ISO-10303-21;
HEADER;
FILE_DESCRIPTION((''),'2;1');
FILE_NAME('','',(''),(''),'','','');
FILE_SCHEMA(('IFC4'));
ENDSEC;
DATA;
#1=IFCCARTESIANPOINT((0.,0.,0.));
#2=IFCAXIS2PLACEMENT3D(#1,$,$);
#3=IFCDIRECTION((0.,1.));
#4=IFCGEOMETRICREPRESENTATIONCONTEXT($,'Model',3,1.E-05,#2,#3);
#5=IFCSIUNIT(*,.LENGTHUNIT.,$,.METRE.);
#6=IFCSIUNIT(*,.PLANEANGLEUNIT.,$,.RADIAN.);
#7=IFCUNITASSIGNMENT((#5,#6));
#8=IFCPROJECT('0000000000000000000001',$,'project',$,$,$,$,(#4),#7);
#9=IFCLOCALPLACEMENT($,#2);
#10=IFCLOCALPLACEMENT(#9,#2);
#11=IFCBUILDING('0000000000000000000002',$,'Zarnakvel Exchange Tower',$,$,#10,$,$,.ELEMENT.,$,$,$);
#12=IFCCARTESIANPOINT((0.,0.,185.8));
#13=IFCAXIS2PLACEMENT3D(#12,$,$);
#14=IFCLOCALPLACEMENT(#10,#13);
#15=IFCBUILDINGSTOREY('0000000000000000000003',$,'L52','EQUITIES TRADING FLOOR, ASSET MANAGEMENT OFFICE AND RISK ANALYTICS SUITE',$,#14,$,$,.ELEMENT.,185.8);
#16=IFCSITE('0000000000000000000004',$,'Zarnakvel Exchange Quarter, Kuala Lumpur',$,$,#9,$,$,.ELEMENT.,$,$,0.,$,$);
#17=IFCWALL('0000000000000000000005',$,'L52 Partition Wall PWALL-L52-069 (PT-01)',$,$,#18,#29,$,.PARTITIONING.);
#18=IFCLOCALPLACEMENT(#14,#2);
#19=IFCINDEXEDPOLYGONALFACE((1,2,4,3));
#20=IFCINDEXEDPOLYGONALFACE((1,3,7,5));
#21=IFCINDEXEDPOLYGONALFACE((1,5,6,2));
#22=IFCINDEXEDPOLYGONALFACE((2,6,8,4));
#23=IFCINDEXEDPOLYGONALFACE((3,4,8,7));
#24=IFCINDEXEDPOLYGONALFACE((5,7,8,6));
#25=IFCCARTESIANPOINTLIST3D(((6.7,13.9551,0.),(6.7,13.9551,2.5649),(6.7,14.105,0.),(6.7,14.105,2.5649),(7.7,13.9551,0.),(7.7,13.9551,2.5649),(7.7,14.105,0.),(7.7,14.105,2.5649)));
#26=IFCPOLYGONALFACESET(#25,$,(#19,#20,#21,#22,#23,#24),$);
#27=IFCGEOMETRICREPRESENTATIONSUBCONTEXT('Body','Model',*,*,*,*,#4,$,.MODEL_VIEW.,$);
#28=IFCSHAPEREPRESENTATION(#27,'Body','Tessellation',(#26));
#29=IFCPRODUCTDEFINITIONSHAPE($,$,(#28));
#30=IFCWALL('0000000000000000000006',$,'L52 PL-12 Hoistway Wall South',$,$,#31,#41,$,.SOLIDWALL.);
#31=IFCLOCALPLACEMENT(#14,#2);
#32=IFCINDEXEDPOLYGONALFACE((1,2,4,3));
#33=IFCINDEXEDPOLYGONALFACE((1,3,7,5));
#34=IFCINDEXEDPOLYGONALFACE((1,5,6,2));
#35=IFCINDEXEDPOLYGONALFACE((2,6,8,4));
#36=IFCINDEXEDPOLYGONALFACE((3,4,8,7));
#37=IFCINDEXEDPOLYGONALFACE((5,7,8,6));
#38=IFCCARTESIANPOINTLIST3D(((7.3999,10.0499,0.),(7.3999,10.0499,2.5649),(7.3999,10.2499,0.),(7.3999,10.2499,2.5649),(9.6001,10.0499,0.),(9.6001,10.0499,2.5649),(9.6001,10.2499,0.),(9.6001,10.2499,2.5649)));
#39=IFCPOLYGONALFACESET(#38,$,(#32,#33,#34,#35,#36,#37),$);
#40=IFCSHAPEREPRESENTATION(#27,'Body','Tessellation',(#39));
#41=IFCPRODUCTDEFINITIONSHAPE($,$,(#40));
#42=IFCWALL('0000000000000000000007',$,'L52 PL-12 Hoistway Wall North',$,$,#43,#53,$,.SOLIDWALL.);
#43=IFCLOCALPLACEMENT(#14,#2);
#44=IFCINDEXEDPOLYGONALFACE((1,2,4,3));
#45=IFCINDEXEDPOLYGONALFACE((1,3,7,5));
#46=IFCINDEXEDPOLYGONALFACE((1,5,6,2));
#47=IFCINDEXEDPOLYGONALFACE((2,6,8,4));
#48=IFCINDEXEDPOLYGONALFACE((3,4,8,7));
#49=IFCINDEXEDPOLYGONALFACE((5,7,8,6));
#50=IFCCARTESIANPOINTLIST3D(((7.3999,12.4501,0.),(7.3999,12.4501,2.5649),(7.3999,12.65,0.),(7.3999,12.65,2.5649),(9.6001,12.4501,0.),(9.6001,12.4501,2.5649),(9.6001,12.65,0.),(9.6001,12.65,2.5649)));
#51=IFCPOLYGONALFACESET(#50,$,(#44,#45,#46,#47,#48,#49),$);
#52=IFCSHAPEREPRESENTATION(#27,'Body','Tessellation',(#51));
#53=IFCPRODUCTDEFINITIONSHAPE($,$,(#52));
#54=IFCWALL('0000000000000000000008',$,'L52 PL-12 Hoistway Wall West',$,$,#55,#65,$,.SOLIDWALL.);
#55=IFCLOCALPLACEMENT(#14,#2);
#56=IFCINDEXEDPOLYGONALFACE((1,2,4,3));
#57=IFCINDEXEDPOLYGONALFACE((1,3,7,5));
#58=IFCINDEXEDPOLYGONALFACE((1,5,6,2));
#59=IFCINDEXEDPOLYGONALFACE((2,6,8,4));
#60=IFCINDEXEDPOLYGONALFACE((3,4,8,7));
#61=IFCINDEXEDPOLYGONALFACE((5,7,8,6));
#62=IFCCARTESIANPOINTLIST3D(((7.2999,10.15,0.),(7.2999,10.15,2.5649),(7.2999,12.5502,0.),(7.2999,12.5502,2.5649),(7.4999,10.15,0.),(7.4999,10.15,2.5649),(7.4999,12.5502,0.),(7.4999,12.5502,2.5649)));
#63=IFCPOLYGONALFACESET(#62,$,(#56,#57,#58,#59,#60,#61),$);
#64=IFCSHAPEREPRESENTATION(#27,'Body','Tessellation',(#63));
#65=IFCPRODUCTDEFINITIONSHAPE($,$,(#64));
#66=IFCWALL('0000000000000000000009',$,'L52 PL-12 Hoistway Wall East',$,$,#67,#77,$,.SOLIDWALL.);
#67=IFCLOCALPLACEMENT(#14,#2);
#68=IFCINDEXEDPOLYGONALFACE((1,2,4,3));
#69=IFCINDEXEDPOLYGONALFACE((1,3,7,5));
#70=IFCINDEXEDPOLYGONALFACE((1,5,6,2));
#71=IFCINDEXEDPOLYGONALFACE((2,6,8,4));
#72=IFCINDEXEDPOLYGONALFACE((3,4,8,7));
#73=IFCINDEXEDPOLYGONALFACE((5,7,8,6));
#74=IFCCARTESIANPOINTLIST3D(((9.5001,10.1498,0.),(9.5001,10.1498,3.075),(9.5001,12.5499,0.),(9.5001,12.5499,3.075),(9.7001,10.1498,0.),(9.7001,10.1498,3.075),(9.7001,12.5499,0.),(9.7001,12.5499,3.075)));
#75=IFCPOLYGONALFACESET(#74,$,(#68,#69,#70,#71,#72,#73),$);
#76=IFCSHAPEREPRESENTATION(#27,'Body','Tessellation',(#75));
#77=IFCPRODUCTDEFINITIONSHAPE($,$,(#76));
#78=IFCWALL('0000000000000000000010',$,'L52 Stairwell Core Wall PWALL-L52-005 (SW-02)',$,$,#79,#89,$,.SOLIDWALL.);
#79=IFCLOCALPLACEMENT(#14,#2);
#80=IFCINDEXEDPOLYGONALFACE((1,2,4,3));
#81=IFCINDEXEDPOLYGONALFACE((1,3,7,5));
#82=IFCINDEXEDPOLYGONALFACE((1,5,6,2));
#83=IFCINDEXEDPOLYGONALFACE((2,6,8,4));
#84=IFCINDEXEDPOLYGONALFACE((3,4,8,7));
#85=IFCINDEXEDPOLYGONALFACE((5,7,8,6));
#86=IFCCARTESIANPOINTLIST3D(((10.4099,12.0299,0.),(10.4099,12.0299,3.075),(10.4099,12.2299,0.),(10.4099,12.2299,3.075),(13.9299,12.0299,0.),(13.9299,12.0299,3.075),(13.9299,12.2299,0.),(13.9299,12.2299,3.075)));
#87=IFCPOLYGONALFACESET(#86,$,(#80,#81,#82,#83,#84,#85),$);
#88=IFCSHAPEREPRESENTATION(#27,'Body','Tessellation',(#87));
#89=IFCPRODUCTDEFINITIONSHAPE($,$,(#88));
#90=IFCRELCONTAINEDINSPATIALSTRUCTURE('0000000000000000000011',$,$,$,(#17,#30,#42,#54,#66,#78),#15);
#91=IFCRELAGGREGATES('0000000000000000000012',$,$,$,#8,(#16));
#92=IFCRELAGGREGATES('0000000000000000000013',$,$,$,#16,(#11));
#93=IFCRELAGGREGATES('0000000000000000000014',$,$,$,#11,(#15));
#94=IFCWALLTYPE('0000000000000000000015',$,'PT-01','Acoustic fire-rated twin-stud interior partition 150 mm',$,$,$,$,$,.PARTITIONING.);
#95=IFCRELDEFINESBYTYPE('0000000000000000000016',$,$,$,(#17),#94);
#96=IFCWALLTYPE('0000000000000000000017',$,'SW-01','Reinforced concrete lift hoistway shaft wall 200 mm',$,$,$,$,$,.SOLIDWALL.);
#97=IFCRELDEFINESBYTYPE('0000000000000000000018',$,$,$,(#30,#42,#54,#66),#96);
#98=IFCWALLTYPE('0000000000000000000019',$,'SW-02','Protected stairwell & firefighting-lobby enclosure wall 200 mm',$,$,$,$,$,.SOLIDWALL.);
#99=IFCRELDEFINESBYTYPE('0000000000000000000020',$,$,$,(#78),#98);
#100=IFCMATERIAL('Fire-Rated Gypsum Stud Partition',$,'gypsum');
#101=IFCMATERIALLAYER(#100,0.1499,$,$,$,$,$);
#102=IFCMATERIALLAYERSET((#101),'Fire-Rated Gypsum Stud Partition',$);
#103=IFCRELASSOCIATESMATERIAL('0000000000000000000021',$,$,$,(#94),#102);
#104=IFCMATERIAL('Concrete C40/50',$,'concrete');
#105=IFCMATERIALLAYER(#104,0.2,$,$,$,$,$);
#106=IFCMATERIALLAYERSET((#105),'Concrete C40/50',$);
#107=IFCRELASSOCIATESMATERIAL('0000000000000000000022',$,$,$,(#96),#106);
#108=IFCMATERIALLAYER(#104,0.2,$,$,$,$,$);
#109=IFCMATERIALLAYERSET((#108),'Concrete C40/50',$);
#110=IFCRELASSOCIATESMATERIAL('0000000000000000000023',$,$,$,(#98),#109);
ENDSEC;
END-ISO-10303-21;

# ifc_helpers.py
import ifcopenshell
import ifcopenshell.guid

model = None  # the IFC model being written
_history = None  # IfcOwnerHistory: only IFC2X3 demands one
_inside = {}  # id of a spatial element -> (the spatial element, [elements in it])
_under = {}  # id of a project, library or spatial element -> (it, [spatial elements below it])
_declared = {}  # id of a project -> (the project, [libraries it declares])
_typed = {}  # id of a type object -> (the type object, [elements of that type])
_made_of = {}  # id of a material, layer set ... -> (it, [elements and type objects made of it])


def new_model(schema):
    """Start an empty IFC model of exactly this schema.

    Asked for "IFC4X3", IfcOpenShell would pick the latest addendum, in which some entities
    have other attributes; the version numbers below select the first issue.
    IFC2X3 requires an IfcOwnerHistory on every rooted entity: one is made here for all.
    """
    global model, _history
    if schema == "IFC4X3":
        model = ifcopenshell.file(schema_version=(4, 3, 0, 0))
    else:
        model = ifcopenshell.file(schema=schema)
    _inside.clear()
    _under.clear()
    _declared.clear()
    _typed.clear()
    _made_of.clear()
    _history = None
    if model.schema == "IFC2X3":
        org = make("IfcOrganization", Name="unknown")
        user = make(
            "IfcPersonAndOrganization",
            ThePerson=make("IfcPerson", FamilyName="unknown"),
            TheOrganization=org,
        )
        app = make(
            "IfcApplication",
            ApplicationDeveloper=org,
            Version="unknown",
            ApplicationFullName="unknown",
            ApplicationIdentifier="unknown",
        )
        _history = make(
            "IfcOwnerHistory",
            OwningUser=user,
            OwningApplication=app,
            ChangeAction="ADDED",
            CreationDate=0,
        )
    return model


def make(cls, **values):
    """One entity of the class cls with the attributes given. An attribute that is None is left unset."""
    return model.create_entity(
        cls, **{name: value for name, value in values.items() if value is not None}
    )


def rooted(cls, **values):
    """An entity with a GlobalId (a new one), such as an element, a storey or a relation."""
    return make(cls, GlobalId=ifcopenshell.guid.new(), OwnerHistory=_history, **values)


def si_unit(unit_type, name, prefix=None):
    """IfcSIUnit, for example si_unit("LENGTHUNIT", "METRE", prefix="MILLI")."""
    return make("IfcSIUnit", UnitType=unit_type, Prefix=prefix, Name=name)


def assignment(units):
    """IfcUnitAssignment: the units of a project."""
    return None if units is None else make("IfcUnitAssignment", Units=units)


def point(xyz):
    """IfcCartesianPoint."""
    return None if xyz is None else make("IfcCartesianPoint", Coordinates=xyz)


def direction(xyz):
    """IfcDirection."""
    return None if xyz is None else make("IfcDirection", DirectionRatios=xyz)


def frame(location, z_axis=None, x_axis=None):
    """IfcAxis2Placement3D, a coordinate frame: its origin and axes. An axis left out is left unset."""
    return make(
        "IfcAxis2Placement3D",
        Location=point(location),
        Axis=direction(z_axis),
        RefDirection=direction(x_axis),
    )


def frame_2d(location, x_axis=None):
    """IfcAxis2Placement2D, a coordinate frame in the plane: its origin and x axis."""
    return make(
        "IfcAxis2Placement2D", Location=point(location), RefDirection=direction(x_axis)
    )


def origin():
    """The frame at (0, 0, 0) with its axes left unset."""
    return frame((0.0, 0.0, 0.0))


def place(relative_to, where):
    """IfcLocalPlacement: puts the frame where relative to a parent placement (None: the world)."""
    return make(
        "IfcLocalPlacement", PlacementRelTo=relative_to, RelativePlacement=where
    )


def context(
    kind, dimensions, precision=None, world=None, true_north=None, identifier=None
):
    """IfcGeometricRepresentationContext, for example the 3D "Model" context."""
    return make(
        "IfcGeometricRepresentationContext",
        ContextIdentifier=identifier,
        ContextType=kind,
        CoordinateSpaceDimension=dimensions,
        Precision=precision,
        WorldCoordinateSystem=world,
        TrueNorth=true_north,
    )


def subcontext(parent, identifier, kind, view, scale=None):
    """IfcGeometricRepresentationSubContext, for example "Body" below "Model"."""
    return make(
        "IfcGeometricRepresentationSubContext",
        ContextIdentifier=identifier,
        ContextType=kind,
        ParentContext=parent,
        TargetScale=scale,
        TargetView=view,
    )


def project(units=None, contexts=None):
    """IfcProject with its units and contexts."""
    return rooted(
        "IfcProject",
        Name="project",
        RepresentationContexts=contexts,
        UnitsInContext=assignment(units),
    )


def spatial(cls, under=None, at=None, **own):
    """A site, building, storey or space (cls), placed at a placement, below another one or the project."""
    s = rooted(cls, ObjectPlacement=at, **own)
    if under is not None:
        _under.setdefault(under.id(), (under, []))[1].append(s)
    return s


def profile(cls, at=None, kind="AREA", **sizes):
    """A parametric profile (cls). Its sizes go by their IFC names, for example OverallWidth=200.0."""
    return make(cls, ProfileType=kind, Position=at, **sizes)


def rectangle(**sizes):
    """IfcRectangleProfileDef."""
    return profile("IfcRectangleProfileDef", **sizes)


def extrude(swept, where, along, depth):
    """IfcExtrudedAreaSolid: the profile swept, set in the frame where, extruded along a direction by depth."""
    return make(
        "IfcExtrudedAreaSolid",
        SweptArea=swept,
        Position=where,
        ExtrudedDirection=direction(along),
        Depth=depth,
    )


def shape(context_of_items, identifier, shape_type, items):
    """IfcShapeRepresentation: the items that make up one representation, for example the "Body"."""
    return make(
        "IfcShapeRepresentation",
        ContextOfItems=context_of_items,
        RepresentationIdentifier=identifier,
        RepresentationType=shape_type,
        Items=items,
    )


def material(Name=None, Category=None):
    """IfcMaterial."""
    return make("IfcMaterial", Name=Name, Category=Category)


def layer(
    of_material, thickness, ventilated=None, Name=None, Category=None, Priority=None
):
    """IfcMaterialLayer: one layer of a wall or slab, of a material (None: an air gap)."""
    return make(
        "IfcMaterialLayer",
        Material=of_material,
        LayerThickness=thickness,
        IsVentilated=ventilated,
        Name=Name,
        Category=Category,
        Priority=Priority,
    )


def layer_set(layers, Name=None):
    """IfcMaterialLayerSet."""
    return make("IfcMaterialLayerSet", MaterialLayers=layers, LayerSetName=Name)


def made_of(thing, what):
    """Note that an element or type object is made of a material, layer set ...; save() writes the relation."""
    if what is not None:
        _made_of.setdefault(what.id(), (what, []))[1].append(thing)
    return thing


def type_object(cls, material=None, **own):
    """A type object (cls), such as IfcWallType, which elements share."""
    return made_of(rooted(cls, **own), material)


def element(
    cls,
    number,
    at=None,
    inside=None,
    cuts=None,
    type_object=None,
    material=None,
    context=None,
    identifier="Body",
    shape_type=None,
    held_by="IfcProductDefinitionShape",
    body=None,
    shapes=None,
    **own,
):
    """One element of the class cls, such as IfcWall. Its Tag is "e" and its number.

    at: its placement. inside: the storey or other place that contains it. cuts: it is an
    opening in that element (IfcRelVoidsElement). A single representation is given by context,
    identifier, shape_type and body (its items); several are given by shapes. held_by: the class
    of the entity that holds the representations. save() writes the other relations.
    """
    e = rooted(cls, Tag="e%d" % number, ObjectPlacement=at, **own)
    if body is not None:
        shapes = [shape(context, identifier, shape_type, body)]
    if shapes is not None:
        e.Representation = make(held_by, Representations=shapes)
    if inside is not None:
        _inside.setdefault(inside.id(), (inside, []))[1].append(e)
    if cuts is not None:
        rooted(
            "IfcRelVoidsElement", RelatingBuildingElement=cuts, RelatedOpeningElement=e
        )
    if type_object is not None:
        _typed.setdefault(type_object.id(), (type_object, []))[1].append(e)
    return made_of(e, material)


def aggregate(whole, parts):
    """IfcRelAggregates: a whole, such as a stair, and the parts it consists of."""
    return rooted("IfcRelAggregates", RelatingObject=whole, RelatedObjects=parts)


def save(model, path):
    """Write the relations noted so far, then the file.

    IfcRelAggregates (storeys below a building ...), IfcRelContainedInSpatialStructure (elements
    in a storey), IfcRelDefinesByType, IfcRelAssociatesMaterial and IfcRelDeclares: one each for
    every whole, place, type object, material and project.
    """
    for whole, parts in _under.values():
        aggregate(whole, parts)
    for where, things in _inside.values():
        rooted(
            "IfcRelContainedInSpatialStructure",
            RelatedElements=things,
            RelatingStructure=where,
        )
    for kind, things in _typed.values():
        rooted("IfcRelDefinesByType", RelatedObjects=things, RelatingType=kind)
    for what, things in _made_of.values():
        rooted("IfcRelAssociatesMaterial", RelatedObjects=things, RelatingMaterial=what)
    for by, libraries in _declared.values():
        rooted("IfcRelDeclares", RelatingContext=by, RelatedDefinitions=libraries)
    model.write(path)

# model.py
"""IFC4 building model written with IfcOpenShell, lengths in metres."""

from ifc_helpers import new_model, si_unit, direction, frame, frame_2d, origin, place, context, subcontext, project, spatial, rectangle, extrude, material, layer, layer_set, type_object, element, save


model = new_model("IFC4")

# Units and contexts
model_context = context("Model", 3, precision=1e-05, world=origin(), true_north=direction((0.0, 1.0)))
body_context = subcontext(model_context, "Body", "Model", "MODEL_VIEW")
ifc_project = project(units=[si_unit("LENGTHUNIT", "METRE"), si_unit("PLANEANGLEUNIT", "RADIAN")], contexts=[model_context])

# Site, building, storey
site_placement = place(None, origin())
site = spatial("IfcSite", under=ifc_project, at=site_placement, Name="Zarnakvel Exchange Quarter, Kuala Lumpur", CompositionType="ELEMENT", RefElevation=0.0)
building_placement = place(site_placement, origin())
building = spatial("IfcBuilding", under=site, at=building_placement, Name="Zarnakvel Exchange Tower", CompositionType="ELEMENT")
storey_placement = place(building_placement, frame((0.0, 0.0, 185.8)))
storey = spatial("IfcBuildingStorey", under=building, at=storey_placement, Name="L52", Description="EQUITIES TRADING FLOOR, ASSET MANAGEMENT OFFICE AND RISK ANALYTICS SUITE", CompositionType="ELEMENT", Elevation=185.8)

# Shared definitions
ifc_material_1 = material(Name="Fire-Rated Gypsum Stud Partition", Category="gypsum")
ifc_layer_1 = layer(ifc_material_1, 0.1499)
ifc_layer_set_1 = layer_set([ifc_layer_1], Name="Fire-Rated Gypsum Stud Partition")
wall_type_1 = type_object("IfcWallType", Name="PT-01", Description="Acoustic fire-rated twin-stud interior partition 150 mm", PredefinedType="PARTITIONING", material=ifc_layer_set_1)

# Walls
wall_1_placement = place(storey_placement, frame((7.7, 14.03, 0.0), z_axis=(0.0, 0.0, 1.0), x_axis=(-1.0, 0.0, 0.0)))
element("IfcWall", 1, at=wall_1_placement, inside=storey, type_object=wall_type_1, Name="L52 Partition Wall PWALL-L52-069 (PT-01)", PredefinedType="PARTITIONING", context=body_context, shape_type="SweptSolid", body=[
    extrude(rectangle(XDim=1.0, YDim=0.1499, at=frame_2d((0.5, 0.0))), origin(), (0.0, 0.0, 1.0), 2.5649),
])
ifc_material_2 = material(Name="Concrete C40/50", Category="concrete")
ifc_layer_2 = layer(ifc_material_2, 0.2)
ifc_layer_set_2 = layer_set([ifc_layer_2], Name="Concrete C40/50")
wall_type_2 = type_object("IfcWallType", Name="SW-01", Description="Reinforced concrete lift hoistway shaft wall 200 mm", PredefinedType="SOLIDWALL", material=ifc_layer_set_2)
for number, where, z_axis, x_axis, name in (
    (2, (9.6001, 10.1499, 0.0), (0.0, 0.0, 1.0), (-1.0, 0.0, 0.0), "L52 PL-12 Hoistway Wall South"),
    (3, (7.3999, 12.55, 0.0), (0.0, 0.0, 1.0), (1.0, 0.0, 0.0), "L52 PL-12 Hoistway Wall North"),
):
    element("IfcWall", number, at=place(storey_placement, frame(where, z_axis=z_axis, x_axis=x_axis)), inside=storey, type_object=wall_type_2, Name=name, PredefinedType="SOLIDWALL", context=body_context, shape_type="SweptSolid", body=[
        extrude(rectangle(XDim=2.2002, YDim=0.2, at=frame_2d((1.1001, 0.0))), origin(), (0.0, 0.0, 1.0), 2.5649),
    ])
wall_2_placement = place(storey_placement, frame((7.3999, 10.1499, 0.0), z_axis=(0.0, 0.0, 1.0), x_axis=(0.0, 1.0, 0.0)))
element("IfcWall", 4, at=wall_2_placement, inside=storey, type_object=wall_type_2, Name="L52 PL-12 Hoistway Wall West", PredefinedType="SOLIDWALL", context=body_context, shape_type="SweptSolid", body=[
    extrude(rectangle(XDim=2.4001, YDim=0.2, at=frame_2d((1.2002, 0.0))), origin(), (0.0, 0.0, 1.0), 2.5649),
])
wall_3_placement = place(storey_placement, frame((9.6001, 12.55, 0.0), z_axis=(0.0, 0.0, 1.0), x_axis=(0.0, -1.0, 0.0)))
element("IfcWall", 5, at=wall_3_placement, inside=storey, type_object=wall_type_2, Name="L52 PL-12 Hoistway Wall East", PredefinedType="SOLIDWALL", context=body_context, shape_type="SweptSolid", body=[
    extrude(rectangle(XDim=2.4001, YDim=0.2, at=frame_2d((1.2002, 0.0))), origin(), (0.0, 0.0, 1.0), 3.075),
])
ifc_layer_3 = layer(ifc_material_2, 0.2)
ifc_layer_set_3 = layer_set([ifc_layer_3], Name="Concrete C40/50")
wall_type_3 = type_object("IfcWallType", Name="SW-02", Description="Protected stairwell & firefighting-lobby enclosure wall 200 mm", PredefinedType="SOLIDWALL", material=ifc_layer_set_3)
wall_4_placement = place(storey_placement, frame((10.4099, 12.1299, 0.0), z_axis=(0.0, 0.0, 1.0), x_axis=(1.0, 0.0, 0.0)))
element("IfcWall", 6, at=wall_4_placement, inside=storey, type_object=wall_type_3, Name="L52 Stairwell Core Wall PWALL-L52-005 (SW-02)", PredefinedType="SOLIDWALL", context=body_context, shape_type="SweptSolid", body=[
    extrude(rectangle(XDim=3.52, YDim=0.2, at=frame_2d((1.76, 0.0))), origin(), (0.0, 0.0, 1.0), 3.075),
])

save(model, "model.ifc")
